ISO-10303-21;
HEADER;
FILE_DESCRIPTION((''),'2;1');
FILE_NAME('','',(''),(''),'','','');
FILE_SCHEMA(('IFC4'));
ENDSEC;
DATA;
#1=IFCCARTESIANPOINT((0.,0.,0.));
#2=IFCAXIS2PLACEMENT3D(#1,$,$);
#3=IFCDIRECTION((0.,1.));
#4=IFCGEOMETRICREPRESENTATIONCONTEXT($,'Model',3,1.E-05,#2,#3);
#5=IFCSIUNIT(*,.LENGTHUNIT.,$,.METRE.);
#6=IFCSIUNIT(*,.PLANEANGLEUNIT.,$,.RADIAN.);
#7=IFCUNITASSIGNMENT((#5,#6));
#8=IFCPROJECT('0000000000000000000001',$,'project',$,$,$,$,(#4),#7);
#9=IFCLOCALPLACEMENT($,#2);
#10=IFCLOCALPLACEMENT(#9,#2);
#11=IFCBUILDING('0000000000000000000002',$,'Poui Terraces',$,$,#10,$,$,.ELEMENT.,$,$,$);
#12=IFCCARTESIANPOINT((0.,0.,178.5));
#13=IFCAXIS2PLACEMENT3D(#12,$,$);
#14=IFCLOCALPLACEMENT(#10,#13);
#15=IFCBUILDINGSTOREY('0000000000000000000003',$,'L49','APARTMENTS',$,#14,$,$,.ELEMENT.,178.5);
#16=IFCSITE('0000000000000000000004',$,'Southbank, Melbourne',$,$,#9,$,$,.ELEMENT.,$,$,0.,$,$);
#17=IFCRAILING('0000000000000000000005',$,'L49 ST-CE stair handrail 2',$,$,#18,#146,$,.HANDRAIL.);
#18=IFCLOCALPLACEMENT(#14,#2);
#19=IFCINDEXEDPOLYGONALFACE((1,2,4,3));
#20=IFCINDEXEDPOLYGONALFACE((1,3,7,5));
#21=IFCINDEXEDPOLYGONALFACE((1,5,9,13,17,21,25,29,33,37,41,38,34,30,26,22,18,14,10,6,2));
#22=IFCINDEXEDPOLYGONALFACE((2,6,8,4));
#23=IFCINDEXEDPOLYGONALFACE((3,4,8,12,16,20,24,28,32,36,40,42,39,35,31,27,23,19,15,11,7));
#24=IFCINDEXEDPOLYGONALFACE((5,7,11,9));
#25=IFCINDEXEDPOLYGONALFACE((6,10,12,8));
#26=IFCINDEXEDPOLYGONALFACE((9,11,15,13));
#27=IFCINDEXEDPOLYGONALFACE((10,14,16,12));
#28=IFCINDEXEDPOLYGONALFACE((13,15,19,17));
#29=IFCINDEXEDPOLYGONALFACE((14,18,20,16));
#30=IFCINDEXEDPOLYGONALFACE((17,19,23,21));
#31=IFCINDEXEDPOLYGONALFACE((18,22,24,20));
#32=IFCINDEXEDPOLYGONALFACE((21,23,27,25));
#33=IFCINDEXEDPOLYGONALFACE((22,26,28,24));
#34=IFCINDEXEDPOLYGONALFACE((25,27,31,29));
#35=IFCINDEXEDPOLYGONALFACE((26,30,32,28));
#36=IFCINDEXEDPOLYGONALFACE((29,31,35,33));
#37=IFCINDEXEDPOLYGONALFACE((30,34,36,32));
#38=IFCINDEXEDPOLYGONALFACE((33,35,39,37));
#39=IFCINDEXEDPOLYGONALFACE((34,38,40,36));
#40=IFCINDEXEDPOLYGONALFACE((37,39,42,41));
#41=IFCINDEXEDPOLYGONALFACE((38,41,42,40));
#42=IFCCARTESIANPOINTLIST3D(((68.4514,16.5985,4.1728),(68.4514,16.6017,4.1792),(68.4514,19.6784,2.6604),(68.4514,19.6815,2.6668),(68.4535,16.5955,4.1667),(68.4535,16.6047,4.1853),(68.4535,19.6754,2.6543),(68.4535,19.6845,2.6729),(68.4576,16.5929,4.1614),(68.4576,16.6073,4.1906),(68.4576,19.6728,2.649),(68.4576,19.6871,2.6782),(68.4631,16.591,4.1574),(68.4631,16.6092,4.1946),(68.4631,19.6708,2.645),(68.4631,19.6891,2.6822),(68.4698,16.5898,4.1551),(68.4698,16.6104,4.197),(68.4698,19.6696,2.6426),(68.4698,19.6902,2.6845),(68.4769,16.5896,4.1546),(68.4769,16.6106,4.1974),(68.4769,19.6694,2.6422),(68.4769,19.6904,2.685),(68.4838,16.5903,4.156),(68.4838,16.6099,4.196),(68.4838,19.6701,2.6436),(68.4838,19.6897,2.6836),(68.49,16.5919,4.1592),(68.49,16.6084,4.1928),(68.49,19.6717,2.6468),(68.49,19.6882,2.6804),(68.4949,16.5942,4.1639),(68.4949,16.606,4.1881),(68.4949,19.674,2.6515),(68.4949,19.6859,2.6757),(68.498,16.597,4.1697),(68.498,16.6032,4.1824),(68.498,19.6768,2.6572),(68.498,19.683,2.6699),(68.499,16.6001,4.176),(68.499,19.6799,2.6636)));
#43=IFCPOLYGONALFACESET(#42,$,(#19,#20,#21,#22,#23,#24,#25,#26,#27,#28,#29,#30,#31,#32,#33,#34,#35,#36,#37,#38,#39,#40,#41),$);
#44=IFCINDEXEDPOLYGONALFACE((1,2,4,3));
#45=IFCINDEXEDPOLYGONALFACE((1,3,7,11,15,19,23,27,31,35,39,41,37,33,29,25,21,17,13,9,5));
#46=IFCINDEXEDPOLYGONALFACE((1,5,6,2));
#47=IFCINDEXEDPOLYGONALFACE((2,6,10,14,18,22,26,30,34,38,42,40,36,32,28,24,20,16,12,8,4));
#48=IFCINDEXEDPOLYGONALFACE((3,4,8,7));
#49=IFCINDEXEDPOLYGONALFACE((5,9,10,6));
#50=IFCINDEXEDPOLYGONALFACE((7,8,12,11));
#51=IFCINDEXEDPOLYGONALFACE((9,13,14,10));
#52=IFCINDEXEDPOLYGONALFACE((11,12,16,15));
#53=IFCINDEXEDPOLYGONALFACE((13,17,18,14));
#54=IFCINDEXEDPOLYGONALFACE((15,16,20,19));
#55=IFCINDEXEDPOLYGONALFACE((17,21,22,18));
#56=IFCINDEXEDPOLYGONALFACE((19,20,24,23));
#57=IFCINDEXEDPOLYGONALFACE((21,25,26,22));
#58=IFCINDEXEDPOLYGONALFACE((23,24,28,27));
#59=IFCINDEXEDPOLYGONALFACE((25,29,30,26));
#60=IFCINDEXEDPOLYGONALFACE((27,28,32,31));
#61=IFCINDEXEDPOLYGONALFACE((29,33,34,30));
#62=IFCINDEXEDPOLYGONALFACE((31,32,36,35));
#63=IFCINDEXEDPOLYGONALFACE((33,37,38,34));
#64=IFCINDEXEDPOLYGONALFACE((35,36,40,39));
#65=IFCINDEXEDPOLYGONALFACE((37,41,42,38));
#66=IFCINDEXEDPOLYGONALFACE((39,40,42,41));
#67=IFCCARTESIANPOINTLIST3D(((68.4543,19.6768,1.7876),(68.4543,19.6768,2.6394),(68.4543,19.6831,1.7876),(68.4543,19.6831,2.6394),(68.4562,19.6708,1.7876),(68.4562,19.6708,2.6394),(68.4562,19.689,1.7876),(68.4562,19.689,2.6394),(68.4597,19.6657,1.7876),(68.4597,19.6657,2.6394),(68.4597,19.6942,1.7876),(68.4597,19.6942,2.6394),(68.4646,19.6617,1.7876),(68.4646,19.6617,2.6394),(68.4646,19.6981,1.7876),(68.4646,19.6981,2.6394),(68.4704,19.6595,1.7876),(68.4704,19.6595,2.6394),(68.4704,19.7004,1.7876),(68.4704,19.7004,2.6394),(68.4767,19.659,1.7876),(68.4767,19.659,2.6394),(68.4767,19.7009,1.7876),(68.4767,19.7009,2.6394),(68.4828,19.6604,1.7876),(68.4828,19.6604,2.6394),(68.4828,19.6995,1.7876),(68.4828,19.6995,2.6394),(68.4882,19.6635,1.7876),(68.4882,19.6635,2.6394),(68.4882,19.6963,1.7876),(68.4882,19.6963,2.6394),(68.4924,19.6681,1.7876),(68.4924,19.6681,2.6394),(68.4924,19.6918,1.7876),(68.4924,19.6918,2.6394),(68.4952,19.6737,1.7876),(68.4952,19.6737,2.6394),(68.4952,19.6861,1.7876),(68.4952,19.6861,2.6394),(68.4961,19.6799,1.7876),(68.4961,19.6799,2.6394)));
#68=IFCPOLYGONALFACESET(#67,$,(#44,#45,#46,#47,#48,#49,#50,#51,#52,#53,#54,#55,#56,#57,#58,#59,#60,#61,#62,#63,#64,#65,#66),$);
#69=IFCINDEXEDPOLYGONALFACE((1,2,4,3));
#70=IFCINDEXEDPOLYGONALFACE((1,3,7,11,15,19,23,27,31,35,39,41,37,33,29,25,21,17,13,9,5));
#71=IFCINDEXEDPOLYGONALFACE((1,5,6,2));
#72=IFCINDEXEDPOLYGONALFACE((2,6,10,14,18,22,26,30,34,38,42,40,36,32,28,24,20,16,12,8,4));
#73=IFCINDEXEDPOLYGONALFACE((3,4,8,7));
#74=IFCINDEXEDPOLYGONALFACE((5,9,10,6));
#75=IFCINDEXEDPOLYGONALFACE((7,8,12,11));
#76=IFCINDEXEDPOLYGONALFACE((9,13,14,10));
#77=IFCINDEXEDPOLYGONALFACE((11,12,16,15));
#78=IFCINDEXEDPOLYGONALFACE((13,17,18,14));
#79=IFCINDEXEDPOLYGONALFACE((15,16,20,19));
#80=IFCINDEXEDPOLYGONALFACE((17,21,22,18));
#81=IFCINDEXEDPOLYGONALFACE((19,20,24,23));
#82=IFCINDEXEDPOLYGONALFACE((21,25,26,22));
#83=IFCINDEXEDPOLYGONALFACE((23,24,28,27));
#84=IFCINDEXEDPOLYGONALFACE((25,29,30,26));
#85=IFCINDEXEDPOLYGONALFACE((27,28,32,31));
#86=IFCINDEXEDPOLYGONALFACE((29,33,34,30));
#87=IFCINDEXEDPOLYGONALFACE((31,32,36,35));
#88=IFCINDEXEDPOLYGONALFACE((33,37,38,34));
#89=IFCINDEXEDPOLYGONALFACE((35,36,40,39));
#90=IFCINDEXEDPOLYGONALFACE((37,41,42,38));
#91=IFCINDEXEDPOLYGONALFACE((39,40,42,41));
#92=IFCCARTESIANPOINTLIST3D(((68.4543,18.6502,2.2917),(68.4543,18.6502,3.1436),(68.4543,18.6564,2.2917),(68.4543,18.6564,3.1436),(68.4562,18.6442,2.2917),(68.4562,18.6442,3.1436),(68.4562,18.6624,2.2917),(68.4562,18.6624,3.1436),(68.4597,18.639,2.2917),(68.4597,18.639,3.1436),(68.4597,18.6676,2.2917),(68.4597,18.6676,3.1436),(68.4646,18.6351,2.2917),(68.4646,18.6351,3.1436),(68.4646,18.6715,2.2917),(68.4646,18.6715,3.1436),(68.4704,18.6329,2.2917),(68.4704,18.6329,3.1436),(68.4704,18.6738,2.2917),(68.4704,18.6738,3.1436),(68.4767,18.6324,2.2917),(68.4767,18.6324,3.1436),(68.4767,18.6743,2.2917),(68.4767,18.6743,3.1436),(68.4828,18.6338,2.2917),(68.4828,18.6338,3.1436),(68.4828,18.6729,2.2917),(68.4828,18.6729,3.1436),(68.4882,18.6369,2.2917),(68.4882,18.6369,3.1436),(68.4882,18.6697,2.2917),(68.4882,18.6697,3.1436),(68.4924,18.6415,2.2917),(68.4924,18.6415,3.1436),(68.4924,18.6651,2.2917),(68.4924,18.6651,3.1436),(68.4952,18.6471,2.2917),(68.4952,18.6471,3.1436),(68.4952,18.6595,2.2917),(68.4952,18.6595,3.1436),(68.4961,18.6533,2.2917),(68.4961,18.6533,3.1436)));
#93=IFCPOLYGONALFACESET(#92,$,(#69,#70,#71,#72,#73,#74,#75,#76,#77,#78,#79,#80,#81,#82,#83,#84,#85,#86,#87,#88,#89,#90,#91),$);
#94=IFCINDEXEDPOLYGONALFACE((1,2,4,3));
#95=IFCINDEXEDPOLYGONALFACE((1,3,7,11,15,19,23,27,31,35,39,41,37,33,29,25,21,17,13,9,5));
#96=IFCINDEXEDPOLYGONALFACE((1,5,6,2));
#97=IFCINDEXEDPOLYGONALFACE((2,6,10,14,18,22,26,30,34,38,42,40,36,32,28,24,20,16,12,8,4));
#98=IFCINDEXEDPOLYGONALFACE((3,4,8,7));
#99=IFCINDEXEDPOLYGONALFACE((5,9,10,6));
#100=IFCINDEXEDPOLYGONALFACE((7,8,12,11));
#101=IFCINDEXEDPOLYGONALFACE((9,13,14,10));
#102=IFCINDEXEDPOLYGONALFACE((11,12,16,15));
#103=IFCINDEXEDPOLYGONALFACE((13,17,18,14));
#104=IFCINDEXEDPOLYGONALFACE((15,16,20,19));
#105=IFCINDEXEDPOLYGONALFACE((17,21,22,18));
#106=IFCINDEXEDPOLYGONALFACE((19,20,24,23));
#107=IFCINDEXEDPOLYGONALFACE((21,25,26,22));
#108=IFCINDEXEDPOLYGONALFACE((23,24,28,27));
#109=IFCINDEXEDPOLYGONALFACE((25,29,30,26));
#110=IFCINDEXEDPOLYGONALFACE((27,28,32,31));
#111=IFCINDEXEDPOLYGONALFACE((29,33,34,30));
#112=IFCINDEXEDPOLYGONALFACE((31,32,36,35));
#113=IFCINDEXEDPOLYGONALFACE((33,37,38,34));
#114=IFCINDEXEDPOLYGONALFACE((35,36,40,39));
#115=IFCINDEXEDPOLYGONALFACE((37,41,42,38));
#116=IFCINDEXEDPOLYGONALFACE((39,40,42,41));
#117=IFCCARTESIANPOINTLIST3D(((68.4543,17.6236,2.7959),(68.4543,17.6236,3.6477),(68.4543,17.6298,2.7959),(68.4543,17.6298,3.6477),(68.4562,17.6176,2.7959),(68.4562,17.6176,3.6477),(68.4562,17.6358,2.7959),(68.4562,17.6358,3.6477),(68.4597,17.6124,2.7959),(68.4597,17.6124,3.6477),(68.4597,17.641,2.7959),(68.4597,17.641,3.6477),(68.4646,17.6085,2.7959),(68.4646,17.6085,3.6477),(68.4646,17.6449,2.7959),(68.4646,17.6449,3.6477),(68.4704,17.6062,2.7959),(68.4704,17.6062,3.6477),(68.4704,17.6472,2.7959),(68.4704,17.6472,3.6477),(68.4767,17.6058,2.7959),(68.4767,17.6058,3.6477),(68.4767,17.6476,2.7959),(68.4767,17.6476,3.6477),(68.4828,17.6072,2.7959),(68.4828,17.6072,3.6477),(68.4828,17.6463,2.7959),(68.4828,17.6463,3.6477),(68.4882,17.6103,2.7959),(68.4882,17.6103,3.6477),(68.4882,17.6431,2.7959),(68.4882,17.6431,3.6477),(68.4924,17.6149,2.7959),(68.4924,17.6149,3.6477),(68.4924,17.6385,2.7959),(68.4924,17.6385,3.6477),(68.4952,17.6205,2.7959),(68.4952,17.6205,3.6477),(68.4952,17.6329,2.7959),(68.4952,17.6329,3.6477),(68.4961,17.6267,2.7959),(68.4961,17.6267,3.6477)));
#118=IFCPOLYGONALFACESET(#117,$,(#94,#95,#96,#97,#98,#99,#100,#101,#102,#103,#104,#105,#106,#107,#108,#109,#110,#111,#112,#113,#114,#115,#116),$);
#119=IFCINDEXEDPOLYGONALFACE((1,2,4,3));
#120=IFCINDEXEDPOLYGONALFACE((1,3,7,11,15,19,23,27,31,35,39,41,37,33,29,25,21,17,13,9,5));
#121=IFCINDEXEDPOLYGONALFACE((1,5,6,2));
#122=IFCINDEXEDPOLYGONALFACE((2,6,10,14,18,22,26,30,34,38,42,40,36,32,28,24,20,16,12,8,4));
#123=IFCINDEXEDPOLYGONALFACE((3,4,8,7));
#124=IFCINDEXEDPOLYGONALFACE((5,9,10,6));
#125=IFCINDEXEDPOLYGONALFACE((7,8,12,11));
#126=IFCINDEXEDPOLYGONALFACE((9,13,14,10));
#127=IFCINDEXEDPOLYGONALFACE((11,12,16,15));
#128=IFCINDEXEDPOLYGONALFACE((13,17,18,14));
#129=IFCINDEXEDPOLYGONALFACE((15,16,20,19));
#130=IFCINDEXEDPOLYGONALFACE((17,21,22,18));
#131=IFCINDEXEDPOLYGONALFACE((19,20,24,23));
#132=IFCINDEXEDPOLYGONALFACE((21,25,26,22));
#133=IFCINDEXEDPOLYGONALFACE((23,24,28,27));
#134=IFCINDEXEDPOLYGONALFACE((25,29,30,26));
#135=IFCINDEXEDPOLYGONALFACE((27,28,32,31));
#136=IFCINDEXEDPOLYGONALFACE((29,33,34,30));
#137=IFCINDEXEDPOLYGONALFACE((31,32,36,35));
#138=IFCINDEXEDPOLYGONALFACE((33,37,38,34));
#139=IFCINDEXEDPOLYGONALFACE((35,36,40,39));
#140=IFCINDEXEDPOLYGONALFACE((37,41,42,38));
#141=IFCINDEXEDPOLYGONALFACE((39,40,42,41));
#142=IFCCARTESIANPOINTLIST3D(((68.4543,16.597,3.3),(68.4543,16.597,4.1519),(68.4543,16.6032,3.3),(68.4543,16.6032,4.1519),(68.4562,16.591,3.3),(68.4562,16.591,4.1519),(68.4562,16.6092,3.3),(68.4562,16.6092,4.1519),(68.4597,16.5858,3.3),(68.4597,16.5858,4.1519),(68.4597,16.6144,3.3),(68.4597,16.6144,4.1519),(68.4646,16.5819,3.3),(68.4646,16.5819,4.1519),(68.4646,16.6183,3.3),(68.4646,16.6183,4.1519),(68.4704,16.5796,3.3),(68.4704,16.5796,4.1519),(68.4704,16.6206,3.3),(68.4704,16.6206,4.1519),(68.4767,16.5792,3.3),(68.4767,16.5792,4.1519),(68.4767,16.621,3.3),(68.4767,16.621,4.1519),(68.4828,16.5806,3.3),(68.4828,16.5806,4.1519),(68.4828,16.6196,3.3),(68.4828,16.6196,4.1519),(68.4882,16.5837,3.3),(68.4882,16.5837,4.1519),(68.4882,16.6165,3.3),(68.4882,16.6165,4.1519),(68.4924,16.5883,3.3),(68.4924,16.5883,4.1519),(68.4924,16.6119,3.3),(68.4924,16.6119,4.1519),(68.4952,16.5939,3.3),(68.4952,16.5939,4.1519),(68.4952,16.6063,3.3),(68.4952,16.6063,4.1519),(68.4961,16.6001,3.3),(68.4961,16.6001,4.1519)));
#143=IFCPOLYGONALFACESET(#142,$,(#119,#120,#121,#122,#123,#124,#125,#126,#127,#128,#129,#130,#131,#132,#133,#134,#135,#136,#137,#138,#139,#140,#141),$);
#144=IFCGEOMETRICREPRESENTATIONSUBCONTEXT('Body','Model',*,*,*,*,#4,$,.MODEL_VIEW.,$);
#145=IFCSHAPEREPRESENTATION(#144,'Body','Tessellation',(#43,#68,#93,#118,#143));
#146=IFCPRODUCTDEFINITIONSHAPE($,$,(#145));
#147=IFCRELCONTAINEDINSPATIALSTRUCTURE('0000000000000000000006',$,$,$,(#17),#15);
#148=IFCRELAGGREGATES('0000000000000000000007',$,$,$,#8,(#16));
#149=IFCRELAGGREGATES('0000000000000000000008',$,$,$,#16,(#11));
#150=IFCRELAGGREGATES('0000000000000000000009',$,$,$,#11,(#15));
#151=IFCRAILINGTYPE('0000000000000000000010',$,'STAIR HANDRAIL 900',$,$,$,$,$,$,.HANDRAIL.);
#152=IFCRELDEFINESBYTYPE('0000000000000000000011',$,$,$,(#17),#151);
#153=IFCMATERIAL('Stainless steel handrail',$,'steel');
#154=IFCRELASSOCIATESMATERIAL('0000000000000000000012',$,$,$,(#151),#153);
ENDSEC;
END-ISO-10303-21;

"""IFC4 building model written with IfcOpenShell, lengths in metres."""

from ifc_helpers import new_model, si_unit, direction, frame, origin, origin_2d, place, context, subcontext, project, spatial, circle, extrude, material, type_object, element, save


model = new_model("IFC4")

# Units and contexts
model_context = context("Model", 3, precision=1e-05, world=origin(), true_north=direction((0.0, 1.0)))
body_context = subcontext(model_context, "Body", "Model", "MODEL_VIEW")
ifc_project = project(units=[si_unit("LENGTHUNIT", "METRE"), si_unit("PLANEANGLEUNIT", "RADIAN")], contexts=[model_context])

# Site, building, storey
site_placement = place(None, origin())
site = spatial("IfcSite", under=ifc_project, at=site_placement, Name="Southbank, Melbourne", CompositionType="ELEMENT", RefElevation=0.0)
building_placement = place(site_placement, origin())
building = spatial("IfcBuilding", under=site, at=building_placement, Name="Poui Terraces", CompositionType="ELEMENT")
storey_placement = place(building_placement, frame((0.0, 0.0, 178.5)))
storey = spatial("IfcBuildingStorey", under=building, at=storey_placement, Name="L49", Description="APARTMENTS", CompositionType="ELEMENT", Elevation=178.5)

# Railing
ifc_material_1 = material(Name="Stainless steel handrail", Category="steel")
railing_type_1 = type_object("IfcRailingType", Name="STAIR HANDRAIL 900", PredefinedType="HANDRAIL", material=ifc_material_1)
railing_1_placement = place(storey_placement, frame((68.4751, 19.6799, 1.7876)))
element("IfcRailing", 1, at=railing_1_placement, inside=storey, type_object=railing_type_1, Name="L49 ST-CE stair handrail 2", PredefinedType="HANDRAIL", context=body_context, shape_type="SweptSolid", body=[
    extrude(circle(Radius=0.0239, at=origin_2d()), frame((0.0, 0.0, 0.876), z_axis=(0.0, -0.897606, 0.440798), x_axis=(1.0, 0.0, 0.0)), (0.0, 0.0, 1.0), 3.4312),
    extrude(circle(Radius=0.021, at=origin_2d()), origin(), (0.0, 0.0, 1.0), 0.8518),
    extrude(circle(Radius=0.021, at=origin_2d()), frame((0.0, -1.0266, 0.5042)), (0.0, 0.0, 1.0), 0.8518),
    extrude(circle(Radius=0.021, at=origin_2d()), frame((0.0, -2.0532, 1.0083)), (0.0, 0.0, 1.0), 0.8518),
    extrude(circle(Radius=0.021, at=origin_2d()), frame((0.0, -3.0798, 1.5125)), (0.0, 0.0, 1.0), 0.8518),
])

save(model, "model.ifc")
